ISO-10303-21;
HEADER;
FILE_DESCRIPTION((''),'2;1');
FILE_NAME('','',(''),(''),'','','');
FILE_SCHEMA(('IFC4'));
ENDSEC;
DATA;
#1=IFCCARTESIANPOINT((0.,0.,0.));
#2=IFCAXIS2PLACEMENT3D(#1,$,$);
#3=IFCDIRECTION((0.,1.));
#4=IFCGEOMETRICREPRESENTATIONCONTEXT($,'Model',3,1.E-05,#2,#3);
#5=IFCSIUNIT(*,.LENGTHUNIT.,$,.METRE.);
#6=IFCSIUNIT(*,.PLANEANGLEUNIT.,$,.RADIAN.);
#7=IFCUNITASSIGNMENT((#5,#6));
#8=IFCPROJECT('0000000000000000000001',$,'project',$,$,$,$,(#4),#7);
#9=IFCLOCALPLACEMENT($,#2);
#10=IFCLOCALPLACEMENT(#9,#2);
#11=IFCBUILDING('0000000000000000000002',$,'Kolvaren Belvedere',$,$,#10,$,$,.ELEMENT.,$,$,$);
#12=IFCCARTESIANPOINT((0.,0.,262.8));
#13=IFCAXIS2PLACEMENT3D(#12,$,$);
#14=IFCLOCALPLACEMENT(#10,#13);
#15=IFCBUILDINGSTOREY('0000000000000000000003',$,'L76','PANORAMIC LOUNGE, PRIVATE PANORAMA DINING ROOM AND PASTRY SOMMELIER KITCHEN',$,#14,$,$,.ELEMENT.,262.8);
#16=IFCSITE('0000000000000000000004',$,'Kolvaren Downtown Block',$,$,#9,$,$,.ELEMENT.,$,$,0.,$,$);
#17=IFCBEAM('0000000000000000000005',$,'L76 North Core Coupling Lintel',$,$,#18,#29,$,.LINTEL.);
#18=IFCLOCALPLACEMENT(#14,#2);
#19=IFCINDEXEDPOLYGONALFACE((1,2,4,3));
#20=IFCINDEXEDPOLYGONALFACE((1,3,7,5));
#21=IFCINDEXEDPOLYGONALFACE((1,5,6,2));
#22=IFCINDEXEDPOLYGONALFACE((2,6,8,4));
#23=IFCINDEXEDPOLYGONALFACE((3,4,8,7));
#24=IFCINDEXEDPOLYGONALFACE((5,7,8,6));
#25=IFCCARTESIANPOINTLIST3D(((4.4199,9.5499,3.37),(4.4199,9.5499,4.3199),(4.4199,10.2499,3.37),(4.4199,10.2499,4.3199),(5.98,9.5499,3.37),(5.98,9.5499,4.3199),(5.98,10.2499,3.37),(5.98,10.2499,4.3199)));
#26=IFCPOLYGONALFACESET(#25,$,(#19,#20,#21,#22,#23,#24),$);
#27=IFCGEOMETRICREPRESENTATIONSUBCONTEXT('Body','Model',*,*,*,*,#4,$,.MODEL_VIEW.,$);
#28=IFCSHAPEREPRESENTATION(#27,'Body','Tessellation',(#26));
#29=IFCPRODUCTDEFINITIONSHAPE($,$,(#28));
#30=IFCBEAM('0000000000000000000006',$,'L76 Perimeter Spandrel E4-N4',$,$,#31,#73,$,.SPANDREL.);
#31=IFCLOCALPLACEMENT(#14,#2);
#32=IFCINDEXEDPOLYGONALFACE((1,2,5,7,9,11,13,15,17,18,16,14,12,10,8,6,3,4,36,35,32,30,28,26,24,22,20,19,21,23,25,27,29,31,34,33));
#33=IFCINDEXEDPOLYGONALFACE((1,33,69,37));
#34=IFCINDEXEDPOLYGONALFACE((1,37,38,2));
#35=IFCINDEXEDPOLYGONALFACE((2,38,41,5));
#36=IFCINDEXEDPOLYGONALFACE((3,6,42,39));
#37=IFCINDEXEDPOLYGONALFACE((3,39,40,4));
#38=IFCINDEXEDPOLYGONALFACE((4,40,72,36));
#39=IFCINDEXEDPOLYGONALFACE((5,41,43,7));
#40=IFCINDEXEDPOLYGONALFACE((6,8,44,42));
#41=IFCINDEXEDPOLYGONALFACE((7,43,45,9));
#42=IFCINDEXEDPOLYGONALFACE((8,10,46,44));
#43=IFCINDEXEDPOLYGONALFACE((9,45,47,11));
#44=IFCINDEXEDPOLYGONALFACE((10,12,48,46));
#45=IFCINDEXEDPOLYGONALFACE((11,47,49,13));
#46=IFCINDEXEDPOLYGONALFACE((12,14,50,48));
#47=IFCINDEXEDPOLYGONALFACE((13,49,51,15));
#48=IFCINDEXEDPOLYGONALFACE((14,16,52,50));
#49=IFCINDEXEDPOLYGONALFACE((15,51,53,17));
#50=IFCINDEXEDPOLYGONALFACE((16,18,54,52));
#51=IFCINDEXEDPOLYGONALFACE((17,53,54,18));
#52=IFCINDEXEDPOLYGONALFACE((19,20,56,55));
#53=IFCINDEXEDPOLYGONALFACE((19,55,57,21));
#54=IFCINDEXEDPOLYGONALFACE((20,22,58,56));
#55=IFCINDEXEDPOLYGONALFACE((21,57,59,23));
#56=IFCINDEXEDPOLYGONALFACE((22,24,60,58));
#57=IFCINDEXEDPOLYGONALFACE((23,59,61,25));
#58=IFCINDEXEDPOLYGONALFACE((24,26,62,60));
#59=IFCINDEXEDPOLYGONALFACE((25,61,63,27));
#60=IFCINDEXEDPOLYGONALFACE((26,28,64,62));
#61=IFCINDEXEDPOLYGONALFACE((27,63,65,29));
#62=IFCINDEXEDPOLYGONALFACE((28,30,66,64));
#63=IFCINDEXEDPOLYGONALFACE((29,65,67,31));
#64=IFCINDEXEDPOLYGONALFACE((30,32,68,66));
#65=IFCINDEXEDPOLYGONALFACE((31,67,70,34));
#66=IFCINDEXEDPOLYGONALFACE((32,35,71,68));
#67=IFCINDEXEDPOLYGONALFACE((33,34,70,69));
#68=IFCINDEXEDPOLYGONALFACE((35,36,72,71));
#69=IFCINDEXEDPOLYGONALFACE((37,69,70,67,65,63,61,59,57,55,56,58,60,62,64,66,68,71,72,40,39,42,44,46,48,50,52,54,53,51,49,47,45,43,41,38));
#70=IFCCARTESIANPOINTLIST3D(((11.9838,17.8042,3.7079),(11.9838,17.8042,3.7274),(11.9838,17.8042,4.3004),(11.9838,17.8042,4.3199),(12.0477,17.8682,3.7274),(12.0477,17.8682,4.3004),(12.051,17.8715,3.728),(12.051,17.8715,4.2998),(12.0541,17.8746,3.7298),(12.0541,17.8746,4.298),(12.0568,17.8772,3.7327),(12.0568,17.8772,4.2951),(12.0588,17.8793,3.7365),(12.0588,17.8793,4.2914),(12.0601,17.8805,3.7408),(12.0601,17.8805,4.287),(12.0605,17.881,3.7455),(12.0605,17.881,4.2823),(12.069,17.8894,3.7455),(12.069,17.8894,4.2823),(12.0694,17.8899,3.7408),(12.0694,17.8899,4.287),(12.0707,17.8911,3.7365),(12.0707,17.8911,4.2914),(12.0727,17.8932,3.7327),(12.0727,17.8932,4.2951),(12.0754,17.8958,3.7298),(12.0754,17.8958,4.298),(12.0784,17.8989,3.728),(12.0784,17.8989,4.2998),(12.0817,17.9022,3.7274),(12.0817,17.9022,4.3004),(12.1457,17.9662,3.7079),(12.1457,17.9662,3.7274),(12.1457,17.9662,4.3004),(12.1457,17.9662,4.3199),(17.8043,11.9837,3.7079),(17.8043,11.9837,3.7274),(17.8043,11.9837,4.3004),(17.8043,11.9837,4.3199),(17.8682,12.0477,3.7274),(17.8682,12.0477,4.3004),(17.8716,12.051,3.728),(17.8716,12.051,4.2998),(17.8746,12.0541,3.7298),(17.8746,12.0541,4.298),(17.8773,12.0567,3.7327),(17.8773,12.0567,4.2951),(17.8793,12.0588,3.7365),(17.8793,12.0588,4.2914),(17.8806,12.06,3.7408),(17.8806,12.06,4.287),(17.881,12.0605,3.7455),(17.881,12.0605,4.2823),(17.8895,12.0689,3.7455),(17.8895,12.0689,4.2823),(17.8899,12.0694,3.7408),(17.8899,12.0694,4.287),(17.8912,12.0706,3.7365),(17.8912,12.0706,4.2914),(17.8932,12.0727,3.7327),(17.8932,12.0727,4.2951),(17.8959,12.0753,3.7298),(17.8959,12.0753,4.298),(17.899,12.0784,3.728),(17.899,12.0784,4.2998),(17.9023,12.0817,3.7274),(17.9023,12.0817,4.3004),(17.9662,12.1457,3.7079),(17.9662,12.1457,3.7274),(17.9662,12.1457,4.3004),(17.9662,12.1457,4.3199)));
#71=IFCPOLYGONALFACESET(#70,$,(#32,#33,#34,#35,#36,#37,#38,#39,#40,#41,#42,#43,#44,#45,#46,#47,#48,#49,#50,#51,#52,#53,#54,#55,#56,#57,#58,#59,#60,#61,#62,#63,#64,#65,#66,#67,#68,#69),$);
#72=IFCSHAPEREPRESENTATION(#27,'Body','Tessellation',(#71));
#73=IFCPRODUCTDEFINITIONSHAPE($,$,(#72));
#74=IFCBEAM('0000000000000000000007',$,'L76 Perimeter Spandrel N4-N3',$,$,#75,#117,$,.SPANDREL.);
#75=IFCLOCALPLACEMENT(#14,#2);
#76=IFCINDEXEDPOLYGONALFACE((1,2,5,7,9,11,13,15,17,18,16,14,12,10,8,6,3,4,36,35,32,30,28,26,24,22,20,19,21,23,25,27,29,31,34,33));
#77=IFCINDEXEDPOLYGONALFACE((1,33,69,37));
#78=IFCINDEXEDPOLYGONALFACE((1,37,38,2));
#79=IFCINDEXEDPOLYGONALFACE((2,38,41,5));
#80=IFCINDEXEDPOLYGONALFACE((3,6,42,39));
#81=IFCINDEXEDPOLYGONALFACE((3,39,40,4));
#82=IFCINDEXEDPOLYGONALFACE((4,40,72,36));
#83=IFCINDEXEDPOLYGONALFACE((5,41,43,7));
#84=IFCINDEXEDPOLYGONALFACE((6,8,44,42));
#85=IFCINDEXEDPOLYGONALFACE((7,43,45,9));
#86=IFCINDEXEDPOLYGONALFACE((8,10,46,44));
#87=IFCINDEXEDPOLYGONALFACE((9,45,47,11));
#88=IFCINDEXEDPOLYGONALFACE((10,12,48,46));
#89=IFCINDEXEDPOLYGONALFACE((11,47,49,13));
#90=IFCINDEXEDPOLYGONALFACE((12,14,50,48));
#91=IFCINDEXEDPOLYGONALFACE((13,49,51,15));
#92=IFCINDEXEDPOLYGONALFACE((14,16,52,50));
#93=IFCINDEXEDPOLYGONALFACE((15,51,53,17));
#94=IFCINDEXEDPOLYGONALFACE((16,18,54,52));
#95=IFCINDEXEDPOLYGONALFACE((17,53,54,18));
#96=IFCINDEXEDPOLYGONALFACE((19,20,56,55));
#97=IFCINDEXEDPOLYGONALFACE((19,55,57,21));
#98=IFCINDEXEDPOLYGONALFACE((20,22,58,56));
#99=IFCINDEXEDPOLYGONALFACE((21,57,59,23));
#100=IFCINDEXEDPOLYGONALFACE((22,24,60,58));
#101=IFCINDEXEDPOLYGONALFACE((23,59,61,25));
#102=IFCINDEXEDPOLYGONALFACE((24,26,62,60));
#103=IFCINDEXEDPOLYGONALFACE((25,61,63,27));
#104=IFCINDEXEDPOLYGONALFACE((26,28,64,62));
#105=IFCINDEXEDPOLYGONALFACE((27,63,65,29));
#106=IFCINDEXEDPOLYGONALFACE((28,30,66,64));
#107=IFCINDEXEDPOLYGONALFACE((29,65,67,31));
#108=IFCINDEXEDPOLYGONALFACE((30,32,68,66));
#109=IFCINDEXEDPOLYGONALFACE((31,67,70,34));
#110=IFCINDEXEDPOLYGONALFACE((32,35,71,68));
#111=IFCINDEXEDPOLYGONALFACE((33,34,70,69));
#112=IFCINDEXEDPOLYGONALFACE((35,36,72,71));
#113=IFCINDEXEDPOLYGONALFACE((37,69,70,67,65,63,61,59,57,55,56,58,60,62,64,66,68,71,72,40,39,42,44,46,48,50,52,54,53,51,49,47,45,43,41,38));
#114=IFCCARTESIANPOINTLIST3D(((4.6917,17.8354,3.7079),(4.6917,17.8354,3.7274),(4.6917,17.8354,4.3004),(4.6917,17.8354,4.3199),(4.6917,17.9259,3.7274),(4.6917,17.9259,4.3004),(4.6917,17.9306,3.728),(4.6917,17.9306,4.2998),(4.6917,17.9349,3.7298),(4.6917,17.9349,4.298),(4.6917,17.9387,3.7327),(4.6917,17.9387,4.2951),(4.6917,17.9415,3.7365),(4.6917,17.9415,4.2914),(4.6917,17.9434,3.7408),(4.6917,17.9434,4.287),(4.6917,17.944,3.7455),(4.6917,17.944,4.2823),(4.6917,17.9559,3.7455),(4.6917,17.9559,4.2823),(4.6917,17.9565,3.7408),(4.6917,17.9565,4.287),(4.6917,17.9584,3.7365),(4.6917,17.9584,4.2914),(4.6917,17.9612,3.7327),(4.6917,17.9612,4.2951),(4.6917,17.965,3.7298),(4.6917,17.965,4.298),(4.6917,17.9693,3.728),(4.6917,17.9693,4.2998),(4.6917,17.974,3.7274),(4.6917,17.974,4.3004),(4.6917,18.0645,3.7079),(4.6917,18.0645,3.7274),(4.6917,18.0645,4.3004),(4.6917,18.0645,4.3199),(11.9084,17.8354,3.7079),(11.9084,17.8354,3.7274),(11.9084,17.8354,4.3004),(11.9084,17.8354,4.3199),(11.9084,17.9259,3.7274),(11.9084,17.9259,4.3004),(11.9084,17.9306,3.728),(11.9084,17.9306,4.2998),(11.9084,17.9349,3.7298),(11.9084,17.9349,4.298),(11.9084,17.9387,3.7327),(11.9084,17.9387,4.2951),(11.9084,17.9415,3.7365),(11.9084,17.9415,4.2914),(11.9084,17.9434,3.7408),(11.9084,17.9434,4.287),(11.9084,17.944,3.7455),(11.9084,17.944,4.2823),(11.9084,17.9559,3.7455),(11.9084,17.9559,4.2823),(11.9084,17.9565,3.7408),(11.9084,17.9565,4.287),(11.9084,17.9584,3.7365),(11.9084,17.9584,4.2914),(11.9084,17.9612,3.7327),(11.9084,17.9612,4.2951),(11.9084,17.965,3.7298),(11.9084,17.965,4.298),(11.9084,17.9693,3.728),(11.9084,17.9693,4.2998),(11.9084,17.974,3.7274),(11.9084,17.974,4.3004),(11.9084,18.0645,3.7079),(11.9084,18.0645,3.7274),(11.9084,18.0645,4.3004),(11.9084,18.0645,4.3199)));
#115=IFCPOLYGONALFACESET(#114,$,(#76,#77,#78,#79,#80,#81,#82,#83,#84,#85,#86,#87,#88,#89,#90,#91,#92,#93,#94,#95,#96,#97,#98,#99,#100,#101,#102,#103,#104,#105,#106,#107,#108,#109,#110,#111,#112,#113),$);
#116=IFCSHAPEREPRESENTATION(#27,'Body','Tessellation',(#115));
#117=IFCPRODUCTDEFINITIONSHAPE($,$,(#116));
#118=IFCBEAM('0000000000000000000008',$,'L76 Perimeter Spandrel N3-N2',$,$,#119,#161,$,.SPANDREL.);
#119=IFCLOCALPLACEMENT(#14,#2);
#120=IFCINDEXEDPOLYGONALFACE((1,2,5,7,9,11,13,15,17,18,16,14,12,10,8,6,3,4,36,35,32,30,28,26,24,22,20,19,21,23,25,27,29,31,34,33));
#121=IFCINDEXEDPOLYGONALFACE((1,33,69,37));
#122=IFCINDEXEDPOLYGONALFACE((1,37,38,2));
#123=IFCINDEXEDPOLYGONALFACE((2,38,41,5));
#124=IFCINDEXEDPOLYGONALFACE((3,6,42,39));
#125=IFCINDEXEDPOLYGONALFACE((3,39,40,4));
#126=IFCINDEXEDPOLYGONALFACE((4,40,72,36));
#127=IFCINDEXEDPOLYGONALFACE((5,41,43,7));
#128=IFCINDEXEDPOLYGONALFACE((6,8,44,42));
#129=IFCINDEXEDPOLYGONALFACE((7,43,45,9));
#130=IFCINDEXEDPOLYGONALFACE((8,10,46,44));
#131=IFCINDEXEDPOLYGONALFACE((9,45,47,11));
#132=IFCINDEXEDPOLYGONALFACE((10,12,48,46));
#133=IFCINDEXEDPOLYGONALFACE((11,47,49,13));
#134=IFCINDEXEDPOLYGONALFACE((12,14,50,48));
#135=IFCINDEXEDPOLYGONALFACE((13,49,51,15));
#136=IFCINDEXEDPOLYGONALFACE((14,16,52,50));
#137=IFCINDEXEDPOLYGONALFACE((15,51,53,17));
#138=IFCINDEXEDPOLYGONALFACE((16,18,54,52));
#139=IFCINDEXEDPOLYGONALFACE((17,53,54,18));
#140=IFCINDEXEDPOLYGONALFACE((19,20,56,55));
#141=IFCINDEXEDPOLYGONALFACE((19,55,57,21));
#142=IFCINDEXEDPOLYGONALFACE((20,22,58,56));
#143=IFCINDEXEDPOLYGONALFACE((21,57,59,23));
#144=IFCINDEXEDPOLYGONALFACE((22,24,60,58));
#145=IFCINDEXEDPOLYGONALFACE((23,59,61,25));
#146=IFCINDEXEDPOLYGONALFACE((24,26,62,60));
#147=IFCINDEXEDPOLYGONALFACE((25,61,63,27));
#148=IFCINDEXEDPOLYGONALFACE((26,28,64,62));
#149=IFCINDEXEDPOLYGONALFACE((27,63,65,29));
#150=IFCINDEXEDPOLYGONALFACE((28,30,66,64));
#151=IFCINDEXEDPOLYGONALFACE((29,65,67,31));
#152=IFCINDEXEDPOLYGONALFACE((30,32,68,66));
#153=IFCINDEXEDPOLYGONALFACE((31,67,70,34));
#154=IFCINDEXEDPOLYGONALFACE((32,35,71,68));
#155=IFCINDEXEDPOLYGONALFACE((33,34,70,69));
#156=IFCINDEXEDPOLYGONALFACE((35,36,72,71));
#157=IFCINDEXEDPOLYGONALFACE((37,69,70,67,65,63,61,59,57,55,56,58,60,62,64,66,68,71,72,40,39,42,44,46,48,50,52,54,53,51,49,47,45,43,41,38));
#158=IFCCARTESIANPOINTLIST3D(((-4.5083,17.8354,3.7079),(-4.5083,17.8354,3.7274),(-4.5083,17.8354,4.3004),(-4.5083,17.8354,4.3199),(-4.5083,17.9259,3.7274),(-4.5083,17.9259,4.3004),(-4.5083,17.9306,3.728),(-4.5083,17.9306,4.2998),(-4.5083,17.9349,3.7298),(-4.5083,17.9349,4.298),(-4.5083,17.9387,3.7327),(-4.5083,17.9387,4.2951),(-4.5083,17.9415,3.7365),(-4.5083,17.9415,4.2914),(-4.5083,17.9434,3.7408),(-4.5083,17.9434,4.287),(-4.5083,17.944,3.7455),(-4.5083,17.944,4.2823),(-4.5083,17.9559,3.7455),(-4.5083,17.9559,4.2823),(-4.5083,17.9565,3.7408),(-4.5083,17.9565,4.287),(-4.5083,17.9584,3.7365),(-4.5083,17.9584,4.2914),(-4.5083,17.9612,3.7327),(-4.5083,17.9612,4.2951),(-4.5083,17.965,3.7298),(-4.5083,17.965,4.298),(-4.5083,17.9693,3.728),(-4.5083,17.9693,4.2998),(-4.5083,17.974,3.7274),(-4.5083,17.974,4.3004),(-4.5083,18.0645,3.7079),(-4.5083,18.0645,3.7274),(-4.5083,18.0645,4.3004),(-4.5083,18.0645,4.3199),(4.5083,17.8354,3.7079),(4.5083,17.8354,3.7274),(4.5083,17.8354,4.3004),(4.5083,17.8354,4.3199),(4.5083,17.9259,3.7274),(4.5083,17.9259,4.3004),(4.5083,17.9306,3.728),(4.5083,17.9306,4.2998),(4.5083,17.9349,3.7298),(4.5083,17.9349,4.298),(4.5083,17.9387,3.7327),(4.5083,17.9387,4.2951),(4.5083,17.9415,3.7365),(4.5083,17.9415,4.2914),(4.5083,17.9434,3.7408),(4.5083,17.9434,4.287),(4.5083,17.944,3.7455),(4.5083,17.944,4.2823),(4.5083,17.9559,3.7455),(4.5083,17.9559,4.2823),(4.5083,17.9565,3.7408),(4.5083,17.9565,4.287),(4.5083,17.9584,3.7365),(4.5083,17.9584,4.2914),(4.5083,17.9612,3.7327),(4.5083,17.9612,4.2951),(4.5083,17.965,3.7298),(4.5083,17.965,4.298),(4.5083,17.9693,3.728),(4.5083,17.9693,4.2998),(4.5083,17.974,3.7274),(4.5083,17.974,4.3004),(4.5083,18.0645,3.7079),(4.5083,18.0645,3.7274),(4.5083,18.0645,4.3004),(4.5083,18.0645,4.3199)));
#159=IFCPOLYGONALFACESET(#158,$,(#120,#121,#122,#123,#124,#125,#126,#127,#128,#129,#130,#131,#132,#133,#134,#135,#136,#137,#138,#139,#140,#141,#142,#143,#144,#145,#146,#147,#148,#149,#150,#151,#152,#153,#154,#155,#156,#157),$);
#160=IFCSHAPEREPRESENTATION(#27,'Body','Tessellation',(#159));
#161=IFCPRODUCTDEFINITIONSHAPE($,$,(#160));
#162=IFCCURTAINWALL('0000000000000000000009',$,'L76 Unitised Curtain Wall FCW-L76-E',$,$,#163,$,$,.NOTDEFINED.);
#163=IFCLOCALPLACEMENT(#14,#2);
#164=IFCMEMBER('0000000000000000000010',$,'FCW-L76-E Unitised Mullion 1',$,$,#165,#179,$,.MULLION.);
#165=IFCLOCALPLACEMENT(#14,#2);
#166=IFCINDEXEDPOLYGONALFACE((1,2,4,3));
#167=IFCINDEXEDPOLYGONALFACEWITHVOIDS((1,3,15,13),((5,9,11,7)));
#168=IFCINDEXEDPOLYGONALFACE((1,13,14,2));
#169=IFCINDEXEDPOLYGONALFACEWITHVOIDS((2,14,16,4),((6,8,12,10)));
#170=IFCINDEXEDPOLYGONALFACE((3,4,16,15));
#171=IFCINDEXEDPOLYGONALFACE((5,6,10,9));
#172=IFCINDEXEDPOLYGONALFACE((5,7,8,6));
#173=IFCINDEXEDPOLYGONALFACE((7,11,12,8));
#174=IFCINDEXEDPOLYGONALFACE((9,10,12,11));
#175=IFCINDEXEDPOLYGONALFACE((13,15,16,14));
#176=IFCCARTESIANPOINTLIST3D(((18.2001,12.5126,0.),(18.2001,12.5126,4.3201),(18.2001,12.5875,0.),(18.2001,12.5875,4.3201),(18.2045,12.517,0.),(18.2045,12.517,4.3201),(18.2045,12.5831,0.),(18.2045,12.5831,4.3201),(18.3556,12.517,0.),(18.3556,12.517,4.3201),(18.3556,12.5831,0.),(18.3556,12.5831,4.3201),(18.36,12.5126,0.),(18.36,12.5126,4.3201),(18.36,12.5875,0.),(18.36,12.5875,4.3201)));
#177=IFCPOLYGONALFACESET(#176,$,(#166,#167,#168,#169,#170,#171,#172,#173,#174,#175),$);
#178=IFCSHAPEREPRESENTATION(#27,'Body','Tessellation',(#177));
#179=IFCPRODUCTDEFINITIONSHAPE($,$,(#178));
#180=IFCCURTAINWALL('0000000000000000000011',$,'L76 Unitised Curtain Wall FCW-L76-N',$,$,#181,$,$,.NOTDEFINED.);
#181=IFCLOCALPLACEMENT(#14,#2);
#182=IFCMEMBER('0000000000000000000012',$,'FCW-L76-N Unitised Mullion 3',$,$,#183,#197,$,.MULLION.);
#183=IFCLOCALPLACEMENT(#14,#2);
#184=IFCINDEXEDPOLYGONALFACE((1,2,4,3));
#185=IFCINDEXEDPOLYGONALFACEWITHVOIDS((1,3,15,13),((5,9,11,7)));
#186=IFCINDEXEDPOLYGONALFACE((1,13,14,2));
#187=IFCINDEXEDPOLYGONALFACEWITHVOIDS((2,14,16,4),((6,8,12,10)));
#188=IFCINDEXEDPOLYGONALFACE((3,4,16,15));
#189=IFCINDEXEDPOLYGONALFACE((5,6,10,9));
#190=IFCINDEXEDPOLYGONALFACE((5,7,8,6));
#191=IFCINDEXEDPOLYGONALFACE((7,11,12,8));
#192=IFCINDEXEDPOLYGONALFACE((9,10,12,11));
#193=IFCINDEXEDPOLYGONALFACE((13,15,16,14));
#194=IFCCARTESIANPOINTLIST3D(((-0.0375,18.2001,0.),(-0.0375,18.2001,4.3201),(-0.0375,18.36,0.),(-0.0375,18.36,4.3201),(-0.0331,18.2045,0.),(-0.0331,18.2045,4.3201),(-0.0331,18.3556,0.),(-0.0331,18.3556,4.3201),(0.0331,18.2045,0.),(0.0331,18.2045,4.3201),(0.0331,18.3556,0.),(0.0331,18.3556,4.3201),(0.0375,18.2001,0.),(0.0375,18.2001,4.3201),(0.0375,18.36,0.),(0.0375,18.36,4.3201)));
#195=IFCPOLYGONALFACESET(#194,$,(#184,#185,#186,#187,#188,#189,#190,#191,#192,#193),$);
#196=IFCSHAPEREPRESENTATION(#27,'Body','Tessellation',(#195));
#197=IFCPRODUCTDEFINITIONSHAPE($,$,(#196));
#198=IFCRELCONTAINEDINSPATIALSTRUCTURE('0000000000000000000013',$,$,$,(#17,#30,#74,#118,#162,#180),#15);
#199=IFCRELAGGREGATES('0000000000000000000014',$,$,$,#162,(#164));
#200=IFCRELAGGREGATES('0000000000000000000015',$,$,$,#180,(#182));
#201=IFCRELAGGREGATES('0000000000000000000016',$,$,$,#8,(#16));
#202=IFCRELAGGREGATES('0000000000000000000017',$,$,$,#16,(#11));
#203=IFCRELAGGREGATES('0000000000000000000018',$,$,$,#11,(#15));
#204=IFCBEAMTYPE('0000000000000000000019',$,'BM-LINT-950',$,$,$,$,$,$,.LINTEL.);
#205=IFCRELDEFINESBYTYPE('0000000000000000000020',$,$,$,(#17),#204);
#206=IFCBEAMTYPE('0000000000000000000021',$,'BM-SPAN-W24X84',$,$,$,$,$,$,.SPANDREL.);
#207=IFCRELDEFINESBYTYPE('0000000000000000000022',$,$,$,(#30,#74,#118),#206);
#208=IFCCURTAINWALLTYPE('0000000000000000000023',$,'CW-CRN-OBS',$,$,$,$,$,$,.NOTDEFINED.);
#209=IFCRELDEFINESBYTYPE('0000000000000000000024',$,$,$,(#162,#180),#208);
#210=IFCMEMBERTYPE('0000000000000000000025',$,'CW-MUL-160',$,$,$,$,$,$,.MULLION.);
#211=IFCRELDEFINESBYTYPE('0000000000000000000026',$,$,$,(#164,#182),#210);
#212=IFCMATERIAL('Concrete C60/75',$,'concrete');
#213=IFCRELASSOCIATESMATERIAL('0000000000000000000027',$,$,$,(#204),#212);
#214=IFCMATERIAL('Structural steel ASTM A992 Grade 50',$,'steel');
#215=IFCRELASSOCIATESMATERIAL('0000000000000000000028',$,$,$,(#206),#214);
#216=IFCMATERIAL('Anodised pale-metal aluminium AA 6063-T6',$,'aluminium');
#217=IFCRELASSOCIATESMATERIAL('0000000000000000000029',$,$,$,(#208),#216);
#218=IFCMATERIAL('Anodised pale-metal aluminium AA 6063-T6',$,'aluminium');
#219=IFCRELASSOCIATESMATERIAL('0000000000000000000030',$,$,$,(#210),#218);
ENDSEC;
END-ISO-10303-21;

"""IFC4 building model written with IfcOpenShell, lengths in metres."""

from ifc_helpers import new_model, si_unit, direction, frame, origin, origin_2d, place, context, subcontext, project, spatial, rectangle, hollow_rectangle, i_section, extrude, material, material_profile, profile_set, type_object, element, aggregate, save


model = new_model("IFC4")

# Units and contexts
model_context = context("Model", 3, precision=1e-05, world=origin(), true_north=direction((0.0, 1.0)))
body_context = subcontext(model_context, "Body", "Model", "MODEL_VIEW")
ifc_project = project(units=[si_unit("LENGTHUNIT", "METRE"), si_unit("PLANEANGLEUNIT", "RADIAN")], contexts=[model_context])

# Site, building, storey
site_placement = place(None, origin())
site = spatial("IfcSite", under=ifc_project, at=site_placement, Name="Kolvaren Downtown Block", CompositionType="ELEMENT", RefElevation=0.0)
building_placement = place(site_placement, origin())
building = spatial("IfcBuilding", under=site, at=building_placement, Name="Kolvaren Belvedere", CompositionType="ELEMENT")
storey_placement = place(building_placement, frame((0.0, 0.0, 262.8)))
storey = spatial("IfcBuildingStorey", under=building, at=storey_placement, Name="L76", Description="PANORAMIC LOUNGE, PRIVATE PANORAMA DINING ROOM AND PASTRY SOMMELIER KITCHEN", CompositionType="ELEMENT", Elevation=262.8)

# Beams
ifc_material_1 = material(Name="Concrete C60/75", Category="concrete")
ifc_material_profile_1 = material_profile(ifc_material_1, rectangle(XDim=0.7, YDim=0.95, at=origin_2d()), Name="RC 700X950")
ifc_profile_set_1 = profile_set([ifc_material_profile_1], Name="Concrete C60/75")
beam_type_1 = type_object("IfcBeamType", Name="BM-LINT-950", PredefinedType="LINTEL", material=ifc_profile_set_1)
beam_1_placement = place(storey_placement, frame((4.4199, 9.8999, 3.845), z_axis=(1.0, 0.0, 0.0), x_axis=(0.0, 1.0, 0.0)))
element("IfcBeam", 1, at=beam_1_placement, inside=storey, type_object=beam_type_1, Name="L76 North Core Coupling Lintel", PredefinedType="LINTEL", context=body_context, shape_type="SweptSolid", body=[
    extrude(rectangle(XDim=0.7, YDim=0.95, at=origin_2d()), origin(), (0.0, 0.0, 1.0), 1.5601),
])
ifc_material_2 = material(Name="Structural steel ASTM A992 Grade 50", Category="steel")
ifc_material_profile_2 = material_profile(ifc_material_2, i_section(OverallWidth=0.229, OverallDepth=0.6121, WebThickness=0.012, FlangeThickness=0.0195, FilletRadius=0.0181, at=origin_2d()), Name="W24X84")
ifc_profile_set_2 = profile_set([ifc_material_profile_2], Name="Structural steel ASTM A992 Grade 50")
beam_type_2 = type_object("IfcBeamType", Name="BM-SPAN-W24X84", PredefinedType="SPANDREL", material=ifc_profile_set_2)
beam_2_placement = place(storey_placement, frame((17.8853, 12.0647, 4.0139), z_axis=(-0.707107, 0.707107, 0.0), x_axis=(-0.707107, -0.707107, 0.0)))
element("IfcBeam", 2, at=beam_2_placement, inside=storey, type_object=beam_type_2, Name="L76 Perimeter Spandrel E4-N4", PredefinedType="SPANDREL", context=body_context, shape_type="SweptSolid", body=[
    extrude(i_section(OverallWidth=0.229, OverallDepth=0.6121, WebThickness=0.012, FlangeThickness=0.0195, FilletRadius=0.0181, at=origin_2d()), origin(), (0.0, 0.0, 1.0), 8.2314),
])
beam_3_placement = place(storey_placement, frame((11.9084, 17.95, 4.0139), z_axis=(-1.0, 0.0, 0.0), x_axis=(0.0, -1.0, 0.0)))
element("IfcBeam", 3, at=beam_3_placement, inside=storey, type_object=beam_type_2, Name="L76 Perimeter Spandrel N4-N3", PredefinedType="SPANDREL", context=body_context, shape_type="SweptSolid", body=[
    extrude(i_section(OverallWidth=0.229, OverallDepth=0.6121, WebThickness=0.012, FlangeThickness=0.0195, FilletRadius=0.0181, at=origin_2d()), origin(), (0.0, 0.0, 1.0), 7.2168),
])
beam_4_placement = place(storey_placement, frame((4.5083, 17.95, 4.0139), z_axis=(-1.0, 0.0, 0.0), x_axis=(0.0, -1.0, 0.0)))
element("IfcBeam", 4, at=beam_4_placement, inside=storey, type_object=beam_type_2, Name="L76 Perimeter Spandrel N3-N2", PredefinedType="SPANDREL", context=body_context, shape_type="SweptSolid", body=[
    extrude(i_section(OverallWidth=0.229, OverallDepth=0.6121, WebThickness=0.012, FlangeThickness=0.0195, FilletRadius=0.0181, at=origin_2d()), origin(), (0.0, 0.0, 1.0), 9.0166),
])

# Curtain wall, member
ifc_material_3 = material(Name="Anodised pale-metal aluminium AA 6063-T6", Category="aluminium")
curtain_wall_type = type_object("IfcCurtainWallType", Name="CW-CRN-OBS", PredefinedType="NOTDEFINED", material=ifc_material_3)
curtain_wall_1_placement = place(storey_placement, origin())
curtain_wall_1 = element("IfcCurtainWall", 5, at=curtain_wall_1_placement, inside=storey, type_object=curtain_wall_type, Name="L76 Unitised Curtain Wall FCW-L76-E", PredefinedType="NOTDEFINED")
ifc_material_4 = material(Name="Anodised pale-metal aluminium AA 6063-T6", Category="aluminium")
ifc_material_profile_3 = material_profile(ifc_material_4, hollow_rectangle(XDim=0.075, YDim=0.1599, WallThickness=0.0044, at=origin_2d()), Name="ALU-MUL-160X75")
ifc_profile_set_3 = profile_set([ifc_material_profile_3], Name="Anodised pale-metal aluminium AA 6063-T6")
member_type_1 = type_object("IfcMemberType", Name="CW-MUL-160", PredefinedType="MULLION", material=ifc_profile_set_3)
member_1_placement = place(storey_placement, frame((18.28, 12.55, 0.0), z_axis=(0.0, 0.0, 1.0), x_axis=(0.0, 1.0, 0.0)))
member_1 = element("IfcMember", 6, at=member_1_placement, type_object=member_type_1, Name="FCW-L76-E Unitised Mullion 1", PredefinedType="MULLION", context=body_context, shape_type="SweptSolid", body=[
    extrude(hollow_rectangle(XDim=0.075, YDim=0.1599, WallThickness=0.0044, at=origin_2d()), origin(), (0.0, 0.0, 1.0), 4.3201),
])

# Curtain wall, member
curtain_wall_2_placement = place(storey_placement, origin())
curtain_wall_2 = element("IfcCurtainWall", 7, at=curtain_wall_2_placement, inside=storey, type_object=curtain_wall_type, Name="L76 Unitised Curtain Wall FCW-L76-N", PredefinedType="NOTDEFINED")
member_2_placement = place(storey_placement, frame((0.0, 18.28, 0.0), z_axis=(0.0, 0.0, 1.0), x_axis=(1.0, 0.0, 0.0)))
member_2 = element("IfcMember", 8, at=member_2_placement, type_object=member_type_1, Name="FCW-L76-N Unitised Mullion 3", PredefinedType="MULLION", context=body_context, shape_type="SweptSolid", body=[
    extrude(hollow_rectangle(XDim=0.075, YDim=0.1599, WallThickness=0.0044, at=origin_2d()), origin(), (0.0, 0.0, 1.0), 4.3201),
])

aggregate(curtain_wall_1, [member_1])
aggregate(curtain_wall_2, [member_2])

save(model, "model.ifc")
